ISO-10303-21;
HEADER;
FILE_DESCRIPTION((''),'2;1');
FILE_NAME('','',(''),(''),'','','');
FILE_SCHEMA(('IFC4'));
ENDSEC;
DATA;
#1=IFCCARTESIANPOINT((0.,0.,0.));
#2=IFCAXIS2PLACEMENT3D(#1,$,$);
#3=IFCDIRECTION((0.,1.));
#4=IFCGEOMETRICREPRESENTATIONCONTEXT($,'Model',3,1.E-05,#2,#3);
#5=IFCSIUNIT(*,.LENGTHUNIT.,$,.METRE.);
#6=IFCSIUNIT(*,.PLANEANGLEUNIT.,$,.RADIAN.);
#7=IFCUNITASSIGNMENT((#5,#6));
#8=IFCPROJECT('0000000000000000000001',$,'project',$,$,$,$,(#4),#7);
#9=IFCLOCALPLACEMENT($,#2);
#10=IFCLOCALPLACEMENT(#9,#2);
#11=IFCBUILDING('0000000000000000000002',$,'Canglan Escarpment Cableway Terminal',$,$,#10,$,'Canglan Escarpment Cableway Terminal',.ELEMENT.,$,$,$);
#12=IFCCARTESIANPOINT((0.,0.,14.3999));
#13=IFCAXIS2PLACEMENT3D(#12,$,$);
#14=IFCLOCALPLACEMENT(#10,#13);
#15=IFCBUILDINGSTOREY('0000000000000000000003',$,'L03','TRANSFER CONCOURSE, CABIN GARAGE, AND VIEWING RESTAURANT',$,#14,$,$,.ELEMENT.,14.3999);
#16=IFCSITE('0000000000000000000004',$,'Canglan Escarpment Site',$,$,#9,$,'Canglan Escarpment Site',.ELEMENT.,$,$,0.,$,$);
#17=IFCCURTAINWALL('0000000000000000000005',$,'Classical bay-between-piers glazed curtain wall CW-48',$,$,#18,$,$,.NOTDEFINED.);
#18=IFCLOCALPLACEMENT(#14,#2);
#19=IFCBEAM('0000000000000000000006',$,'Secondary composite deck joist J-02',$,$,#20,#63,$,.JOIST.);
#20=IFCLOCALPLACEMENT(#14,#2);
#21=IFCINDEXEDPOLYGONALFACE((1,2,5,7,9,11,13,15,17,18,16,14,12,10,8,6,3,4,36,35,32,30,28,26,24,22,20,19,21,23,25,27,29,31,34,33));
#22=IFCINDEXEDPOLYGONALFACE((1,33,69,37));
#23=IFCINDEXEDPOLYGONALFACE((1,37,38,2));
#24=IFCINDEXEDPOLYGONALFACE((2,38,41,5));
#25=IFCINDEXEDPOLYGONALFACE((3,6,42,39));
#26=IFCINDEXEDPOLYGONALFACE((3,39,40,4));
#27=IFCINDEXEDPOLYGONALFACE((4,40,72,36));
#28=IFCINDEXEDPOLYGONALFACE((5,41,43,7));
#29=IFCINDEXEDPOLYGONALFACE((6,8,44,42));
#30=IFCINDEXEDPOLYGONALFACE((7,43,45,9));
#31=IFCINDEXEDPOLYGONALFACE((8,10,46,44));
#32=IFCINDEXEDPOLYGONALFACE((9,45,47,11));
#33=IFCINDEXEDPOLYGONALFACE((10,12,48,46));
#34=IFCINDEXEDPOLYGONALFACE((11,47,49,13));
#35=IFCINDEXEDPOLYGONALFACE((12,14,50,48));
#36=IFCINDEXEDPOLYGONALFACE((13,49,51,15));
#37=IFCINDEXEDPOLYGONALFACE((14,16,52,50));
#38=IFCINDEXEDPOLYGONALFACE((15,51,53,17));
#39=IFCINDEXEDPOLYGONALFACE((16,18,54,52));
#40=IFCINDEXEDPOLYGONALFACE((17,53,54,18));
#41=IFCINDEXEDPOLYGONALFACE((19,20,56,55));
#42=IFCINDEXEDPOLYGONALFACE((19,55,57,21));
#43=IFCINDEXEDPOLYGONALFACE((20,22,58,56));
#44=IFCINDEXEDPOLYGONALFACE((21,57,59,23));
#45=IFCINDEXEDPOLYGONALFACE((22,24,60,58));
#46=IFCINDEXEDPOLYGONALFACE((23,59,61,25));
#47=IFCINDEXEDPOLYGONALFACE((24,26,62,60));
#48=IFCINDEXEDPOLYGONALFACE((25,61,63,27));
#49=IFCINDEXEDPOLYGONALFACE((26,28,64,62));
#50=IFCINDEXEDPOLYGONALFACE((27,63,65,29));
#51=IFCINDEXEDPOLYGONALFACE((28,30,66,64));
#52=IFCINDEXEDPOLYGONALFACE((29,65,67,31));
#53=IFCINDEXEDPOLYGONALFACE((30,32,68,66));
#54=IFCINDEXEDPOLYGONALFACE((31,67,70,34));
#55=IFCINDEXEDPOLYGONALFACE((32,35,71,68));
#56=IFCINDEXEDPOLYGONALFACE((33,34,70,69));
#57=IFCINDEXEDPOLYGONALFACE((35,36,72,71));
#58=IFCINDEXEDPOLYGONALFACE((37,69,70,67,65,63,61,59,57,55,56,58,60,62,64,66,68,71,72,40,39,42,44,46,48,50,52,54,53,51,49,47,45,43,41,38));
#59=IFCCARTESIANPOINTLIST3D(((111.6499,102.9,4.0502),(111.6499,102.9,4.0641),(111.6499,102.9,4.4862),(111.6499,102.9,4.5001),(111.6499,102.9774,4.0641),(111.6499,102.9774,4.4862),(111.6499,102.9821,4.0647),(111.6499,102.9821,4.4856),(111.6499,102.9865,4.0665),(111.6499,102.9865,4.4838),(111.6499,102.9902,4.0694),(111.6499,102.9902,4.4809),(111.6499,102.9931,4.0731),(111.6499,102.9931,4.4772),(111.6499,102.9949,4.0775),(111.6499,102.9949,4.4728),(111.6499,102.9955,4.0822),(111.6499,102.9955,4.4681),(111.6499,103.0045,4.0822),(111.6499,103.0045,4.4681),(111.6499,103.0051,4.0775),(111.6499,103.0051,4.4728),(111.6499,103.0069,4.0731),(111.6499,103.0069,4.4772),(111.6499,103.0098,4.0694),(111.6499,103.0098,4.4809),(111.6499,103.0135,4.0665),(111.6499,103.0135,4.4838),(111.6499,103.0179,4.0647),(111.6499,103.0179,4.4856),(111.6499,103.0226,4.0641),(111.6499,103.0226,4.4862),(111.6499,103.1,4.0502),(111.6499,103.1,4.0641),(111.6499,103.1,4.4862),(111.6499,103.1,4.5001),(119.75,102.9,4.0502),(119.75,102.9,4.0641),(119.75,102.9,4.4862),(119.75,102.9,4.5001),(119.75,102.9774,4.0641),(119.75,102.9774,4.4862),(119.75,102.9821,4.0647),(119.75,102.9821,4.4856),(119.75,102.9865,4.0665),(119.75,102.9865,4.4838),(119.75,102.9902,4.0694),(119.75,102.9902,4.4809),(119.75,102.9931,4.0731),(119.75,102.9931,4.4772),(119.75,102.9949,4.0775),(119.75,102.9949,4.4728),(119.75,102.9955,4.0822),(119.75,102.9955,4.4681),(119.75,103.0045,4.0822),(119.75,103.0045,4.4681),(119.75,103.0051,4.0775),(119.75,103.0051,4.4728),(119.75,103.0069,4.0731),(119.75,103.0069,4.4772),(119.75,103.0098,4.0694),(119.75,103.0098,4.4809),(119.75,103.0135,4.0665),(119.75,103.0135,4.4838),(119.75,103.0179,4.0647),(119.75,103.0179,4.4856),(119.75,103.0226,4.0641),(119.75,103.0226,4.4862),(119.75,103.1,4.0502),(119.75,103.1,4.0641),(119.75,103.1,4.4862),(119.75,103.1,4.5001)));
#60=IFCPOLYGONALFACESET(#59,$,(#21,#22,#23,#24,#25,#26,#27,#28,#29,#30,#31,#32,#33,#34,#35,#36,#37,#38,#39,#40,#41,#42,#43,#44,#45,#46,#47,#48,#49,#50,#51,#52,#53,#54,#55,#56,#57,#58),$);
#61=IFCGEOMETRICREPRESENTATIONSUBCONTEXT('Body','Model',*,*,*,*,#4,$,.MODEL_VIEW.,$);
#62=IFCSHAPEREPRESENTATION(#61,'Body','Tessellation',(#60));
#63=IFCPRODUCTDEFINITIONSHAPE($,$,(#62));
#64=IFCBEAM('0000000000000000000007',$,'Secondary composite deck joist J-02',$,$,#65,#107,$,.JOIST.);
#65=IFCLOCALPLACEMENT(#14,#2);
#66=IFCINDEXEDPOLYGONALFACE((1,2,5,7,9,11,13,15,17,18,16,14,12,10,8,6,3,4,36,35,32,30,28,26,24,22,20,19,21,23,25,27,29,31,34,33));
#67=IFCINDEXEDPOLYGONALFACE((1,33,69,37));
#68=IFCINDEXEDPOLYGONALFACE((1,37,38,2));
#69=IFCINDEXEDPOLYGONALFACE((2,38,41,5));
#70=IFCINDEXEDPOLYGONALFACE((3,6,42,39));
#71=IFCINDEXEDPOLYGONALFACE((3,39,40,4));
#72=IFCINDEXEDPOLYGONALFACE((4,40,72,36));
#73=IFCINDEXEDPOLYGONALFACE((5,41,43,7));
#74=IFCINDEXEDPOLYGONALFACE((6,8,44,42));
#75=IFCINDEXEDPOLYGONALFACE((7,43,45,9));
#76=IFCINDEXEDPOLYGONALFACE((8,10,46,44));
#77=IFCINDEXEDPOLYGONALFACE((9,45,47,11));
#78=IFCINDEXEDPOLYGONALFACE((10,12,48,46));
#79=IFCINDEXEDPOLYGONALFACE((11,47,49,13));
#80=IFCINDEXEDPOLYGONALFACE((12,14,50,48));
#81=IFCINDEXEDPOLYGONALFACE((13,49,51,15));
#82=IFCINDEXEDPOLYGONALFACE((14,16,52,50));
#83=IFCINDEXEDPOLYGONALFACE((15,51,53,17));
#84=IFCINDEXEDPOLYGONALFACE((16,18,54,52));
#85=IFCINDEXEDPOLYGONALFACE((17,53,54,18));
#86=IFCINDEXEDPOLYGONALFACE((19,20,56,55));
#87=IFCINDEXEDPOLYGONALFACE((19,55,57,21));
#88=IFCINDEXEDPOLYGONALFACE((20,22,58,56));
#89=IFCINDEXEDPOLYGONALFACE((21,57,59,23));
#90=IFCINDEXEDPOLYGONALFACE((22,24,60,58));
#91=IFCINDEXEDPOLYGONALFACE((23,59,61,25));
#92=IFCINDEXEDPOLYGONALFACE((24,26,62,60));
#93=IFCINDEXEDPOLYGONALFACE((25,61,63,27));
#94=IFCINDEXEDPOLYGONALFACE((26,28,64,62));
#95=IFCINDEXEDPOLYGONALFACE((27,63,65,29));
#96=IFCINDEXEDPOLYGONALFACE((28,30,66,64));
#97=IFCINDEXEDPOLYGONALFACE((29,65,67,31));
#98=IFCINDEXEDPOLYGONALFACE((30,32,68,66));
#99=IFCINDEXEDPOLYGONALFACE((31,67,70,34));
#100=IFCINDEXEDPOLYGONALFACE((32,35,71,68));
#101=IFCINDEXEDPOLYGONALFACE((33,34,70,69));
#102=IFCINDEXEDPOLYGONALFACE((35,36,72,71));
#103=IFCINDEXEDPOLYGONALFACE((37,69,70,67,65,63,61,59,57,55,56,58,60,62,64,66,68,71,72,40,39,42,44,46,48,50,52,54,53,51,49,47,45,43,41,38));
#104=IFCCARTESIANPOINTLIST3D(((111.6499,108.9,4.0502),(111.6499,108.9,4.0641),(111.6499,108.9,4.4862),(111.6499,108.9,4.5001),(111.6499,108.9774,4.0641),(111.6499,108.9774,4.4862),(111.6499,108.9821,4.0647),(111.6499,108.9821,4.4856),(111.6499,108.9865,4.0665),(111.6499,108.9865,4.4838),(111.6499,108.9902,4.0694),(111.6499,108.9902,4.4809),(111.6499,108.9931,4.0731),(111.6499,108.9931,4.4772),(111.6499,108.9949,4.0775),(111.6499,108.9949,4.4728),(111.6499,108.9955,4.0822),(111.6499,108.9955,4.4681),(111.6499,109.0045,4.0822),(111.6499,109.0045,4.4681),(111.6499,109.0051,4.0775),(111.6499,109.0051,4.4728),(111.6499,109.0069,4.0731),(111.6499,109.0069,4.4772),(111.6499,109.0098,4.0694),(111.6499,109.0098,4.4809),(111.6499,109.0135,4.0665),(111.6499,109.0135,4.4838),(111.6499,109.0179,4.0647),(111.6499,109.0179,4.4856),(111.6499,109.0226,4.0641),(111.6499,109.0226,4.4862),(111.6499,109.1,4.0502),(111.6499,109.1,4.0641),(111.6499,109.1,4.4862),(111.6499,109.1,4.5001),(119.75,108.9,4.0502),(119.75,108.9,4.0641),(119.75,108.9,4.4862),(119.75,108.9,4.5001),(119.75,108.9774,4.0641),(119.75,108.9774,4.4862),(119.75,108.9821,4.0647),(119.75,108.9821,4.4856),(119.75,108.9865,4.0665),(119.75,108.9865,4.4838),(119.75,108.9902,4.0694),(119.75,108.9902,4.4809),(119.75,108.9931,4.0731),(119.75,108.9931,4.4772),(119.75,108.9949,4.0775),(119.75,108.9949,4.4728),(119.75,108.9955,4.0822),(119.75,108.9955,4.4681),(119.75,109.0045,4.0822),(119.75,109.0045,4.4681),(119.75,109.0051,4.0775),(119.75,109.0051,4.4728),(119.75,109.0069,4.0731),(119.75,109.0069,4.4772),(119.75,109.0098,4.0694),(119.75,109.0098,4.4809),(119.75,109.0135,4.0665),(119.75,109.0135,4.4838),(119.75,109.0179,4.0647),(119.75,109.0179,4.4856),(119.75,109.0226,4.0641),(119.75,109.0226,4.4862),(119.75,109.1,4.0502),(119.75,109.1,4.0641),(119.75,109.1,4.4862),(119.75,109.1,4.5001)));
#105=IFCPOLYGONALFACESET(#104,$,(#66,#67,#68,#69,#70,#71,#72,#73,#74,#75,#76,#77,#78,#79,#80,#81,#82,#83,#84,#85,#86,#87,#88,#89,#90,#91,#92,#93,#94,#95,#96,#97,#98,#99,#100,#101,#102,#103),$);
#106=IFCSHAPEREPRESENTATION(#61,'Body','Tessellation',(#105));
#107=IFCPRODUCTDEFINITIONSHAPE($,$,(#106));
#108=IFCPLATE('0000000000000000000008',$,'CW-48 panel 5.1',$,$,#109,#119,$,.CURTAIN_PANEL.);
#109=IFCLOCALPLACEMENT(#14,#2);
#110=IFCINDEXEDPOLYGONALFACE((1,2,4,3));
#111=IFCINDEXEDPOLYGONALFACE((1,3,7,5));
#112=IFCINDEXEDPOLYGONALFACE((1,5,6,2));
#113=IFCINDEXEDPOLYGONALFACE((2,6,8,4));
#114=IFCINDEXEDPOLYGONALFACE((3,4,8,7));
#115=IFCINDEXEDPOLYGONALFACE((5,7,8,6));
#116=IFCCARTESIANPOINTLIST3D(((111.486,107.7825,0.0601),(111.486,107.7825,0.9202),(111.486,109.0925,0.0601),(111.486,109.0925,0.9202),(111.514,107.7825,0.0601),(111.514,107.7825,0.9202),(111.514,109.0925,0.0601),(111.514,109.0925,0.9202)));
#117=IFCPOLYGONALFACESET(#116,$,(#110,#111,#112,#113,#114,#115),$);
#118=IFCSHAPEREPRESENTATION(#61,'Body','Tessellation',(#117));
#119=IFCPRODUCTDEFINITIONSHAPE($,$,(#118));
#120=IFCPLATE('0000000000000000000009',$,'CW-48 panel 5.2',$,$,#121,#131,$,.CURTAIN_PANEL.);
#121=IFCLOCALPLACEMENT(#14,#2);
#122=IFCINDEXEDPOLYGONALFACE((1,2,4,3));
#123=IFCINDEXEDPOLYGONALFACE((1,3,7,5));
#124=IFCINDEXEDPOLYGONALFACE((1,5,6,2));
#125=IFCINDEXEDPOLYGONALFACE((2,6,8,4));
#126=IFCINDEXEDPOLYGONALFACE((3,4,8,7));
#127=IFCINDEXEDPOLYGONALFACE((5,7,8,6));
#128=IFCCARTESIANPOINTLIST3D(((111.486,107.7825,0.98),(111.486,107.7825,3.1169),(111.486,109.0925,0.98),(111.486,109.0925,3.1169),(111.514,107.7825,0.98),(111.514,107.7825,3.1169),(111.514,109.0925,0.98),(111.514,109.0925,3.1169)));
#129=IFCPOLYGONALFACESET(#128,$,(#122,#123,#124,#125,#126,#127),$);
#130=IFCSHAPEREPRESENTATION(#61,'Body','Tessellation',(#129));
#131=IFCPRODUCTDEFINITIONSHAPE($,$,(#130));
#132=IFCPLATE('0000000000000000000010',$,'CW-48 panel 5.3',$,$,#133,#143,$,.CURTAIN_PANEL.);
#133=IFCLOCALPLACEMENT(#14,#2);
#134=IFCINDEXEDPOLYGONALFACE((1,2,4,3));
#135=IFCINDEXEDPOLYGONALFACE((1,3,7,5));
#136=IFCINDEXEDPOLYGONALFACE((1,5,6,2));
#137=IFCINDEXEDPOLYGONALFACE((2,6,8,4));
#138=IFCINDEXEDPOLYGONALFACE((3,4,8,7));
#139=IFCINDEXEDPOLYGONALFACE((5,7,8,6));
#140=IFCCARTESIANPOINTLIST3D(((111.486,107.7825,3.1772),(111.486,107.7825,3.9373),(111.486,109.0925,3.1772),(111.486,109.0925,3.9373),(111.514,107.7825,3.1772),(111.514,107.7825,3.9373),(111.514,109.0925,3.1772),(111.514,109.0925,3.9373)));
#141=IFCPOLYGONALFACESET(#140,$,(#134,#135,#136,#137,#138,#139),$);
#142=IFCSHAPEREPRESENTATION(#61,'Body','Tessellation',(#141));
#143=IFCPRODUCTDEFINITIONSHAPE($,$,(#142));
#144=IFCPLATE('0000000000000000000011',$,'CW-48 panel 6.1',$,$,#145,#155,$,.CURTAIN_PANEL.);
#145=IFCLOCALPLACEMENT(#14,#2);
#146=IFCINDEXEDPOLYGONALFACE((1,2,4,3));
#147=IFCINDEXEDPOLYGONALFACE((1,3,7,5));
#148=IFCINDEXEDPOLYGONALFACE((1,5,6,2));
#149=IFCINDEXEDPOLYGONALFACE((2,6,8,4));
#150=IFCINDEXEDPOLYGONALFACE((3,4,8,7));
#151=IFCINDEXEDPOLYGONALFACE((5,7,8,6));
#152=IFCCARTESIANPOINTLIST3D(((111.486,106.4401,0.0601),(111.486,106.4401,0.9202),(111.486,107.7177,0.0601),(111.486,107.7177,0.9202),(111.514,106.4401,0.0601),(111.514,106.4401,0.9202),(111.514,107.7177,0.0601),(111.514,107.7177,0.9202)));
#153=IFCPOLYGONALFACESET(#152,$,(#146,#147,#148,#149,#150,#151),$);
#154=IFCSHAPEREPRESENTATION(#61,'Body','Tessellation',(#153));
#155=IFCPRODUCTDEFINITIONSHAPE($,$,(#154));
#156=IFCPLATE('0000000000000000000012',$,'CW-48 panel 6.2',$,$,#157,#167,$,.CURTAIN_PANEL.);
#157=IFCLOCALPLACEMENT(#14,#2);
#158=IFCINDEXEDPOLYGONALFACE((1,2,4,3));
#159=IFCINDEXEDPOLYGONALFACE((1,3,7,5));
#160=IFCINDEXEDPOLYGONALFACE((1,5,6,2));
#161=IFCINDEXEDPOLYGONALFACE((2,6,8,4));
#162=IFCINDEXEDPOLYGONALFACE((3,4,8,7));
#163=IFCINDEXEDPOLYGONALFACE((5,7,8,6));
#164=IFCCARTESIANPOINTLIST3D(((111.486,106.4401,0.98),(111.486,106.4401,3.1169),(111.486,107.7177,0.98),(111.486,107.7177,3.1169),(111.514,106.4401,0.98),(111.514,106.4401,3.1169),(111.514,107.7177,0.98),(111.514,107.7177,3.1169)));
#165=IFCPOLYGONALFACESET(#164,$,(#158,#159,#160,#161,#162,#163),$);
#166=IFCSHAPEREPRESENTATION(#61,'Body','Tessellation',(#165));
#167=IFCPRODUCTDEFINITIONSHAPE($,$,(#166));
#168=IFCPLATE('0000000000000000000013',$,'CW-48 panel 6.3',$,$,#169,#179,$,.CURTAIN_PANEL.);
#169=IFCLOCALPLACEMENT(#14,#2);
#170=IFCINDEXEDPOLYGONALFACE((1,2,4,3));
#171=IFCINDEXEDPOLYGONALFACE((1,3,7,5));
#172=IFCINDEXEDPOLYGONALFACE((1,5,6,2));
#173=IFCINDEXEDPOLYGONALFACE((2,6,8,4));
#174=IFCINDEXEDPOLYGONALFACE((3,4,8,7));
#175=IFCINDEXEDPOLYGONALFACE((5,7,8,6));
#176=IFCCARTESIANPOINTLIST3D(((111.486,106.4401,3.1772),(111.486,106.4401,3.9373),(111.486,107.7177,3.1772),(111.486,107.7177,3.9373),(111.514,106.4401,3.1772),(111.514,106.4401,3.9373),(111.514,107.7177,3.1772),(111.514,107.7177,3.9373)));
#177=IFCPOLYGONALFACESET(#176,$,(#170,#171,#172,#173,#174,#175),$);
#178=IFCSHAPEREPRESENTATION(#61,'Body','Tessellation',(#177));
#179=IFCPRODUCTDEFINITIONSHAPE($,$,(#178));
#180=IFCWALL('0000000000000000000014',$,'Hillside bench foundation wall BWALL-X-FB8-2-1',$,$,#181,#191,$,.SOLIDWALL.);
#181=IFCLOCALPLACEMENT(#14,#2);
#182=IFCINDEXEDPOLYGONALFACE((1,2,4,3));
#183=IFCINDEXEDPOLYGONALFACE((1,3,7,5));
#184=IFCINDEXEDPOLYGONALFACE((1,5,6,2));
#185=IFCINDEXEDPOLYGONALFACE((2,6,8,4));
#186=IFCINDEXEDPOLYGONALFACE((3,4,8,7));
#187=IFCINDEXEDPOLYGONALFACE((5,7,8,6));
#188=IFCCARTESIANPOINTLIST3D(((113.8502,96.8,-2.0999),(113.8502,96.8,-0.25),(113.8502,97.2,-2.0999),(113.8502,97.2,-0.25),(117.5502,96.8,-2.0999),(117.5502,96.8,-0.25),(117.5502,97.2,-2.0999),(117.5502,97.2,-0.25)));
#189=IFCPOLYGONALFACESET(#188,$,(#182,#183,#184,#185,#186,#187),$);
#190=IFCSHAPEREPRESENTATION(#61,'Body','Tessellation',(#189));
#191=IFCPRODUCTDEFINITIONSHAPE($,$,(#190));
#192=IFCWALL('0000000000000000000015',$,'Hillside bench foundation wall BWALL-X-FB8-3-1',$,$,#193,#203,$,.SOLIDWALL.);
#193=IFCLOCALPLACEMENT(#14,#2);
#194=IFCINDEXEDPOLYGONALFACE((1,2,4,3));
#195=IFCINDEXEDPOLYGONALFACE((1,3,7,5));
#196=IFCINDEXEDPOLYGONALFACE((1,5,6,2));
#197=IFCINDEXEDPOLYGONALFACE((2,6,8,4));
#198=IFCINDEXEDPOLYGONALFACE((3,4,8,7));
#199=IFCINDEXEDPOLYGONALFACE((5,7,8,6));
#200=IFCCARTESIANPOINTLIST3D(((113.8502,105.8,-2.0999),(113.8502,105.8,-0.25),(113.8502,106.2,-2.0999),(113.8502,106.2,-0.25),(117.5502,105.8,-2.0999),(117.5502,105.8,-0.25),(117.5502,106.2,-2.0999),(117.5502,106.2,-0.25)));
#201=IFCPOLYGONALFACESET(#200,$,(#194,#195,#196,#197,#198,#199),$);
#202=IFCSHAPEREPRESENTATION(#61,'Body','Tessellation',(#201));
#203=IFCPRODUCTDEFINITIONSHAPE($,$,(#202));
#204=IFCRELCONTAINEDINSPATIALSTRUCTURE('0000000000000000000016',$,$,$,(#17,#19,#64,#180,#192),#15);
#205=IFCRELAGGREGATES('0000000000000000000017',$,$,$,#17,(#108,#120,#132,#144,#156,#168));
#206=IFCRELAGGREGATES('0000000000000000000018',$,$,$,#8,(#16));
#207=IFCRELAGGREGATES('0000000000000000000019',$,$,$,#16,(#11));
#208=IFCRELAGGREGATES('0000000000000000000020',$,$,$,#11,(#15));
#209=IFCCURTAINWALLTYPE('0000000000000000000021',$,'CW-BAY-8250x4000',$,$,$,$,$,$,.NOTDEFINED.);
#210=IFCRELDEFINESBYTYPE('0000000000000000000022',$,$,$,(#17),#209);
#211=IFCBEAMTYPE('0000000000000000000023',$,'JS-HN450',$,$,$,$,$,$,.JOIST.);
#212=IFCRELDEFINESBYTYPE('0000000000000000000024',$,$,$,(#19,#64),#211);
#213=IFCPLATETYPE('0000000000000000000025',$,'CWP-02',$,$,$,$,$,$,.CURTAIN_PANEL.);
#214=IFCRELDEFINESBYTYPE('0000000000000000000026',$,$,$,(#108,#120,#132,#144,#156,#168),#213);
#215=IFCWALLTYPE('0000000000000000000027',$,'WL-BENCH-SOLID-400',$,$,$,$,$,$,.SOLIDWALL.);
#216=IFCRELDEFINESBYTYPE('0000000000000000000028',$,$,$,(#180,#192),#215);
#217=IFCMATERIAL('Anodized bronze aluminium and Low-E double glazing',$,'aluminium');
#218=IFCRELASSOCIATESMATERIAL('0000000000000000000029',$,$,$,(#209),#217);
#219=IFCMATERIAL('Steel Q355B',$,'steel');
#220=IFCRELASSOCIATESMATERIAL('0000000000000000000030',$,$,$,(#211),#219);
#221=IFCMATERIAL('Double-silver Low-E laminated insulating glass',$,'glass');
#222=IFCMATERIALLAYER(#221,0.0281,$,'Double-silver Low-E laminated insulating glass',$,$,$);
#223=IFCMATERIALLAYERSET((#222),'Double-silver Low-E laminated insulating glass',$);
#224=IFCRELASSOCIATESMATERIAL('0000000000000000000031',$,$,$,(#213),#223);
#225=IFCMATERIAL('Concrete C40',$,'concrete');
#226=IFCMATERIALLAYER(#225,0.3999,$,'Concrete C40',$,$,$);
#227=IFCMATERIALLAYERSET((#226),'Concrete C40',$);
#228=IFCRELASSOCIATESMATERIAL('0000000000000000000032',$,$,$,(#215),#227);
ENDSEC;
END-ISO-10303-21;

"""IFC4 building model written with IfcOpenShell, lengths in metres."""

from ifc_helpers import new_model, si_unit, direction, frame, frame_2d, origin, origin_2d, place, context, subcontext, project, spatial, rectangle, i_section, extrude, material, layer, layer_set, material_profile, profile_set, type_object, element, aggregate, save


model = new_model("IFC4")

# Units and contexts
model_context = context("Model", 3, precision=1e-05, world=origin(), true_north=direction((0.0, 1.0)))
body_context = subcontext(model_context, "Body", "Model", "MODEL_VIEW")
ifc_project = project(units=[si_unit("LENGTHUNIT", "METRE"), si_unit("PLANEANGLEUNIT", "RADIAN")], contexts=[model_context])

# Site, building, storey
site_placement = place(None, origin())
site = spatial("IfcSite", under=ifc_project, at=site_placement, Name="Canglan Escarpment Site", LongName="Canglan Escarpment Site", CompositionType="ELEMENT", RefElevation=0.0)
building_placement = place(site_placement, origin())
building = spatial("IfcBuilding", under=site, at=building_placement, Name="Canglan Escarpment Cableway Terminal", LongName="Canglan Escarpment Cableway Terminal", CompositionType="ELEMENT")
storey_placement = place(building_placement, frame((0.0, 0.0, 14.3999)))
storey = spatial("IfcBuildingStorey", under=building, at=storey_placement, Name="L03", Description="TRANSFER CONCOURSE, CABIN GARAGE, AND VIEWING RESTAURANT", CompositionType="ELEMENT", Elevation=14.3999)

# Shared definitions
ifc_material_1 = material(Name="Concrete C40", Category="concrete")

# Curtain wall
ifc_material_2 = material(Name="Anodized bronze aluminium and Low-E double glazing", Category="aluminium")
curtain_wall_type = type_object("IfcCurtainWallType", Name="CW-BAY-8250x4000", PredefinedType="NOTDEFINED", material=ifc_material_2)
curtain_wall_placement = place(storey_placement, origin())
curtain_wall = element("IfcCurtainWall", 1, at=curtain_wall_placement, inside=storey, type_object=curtain_wall_type, Name="Classical bay-between-piers glazed curtain wall CW-48", PredefinedType="NOTDEFINED")

# Beams
ifc_material_3 = material(Name="Steel Q355B", Category="steel")
ifc_material_profile_1 = material_profile(ifc_material_3, i_section(OverallWidth=0.2, OverallDepth=0.45, WebThickness=0.009, FlangeThickness=0.0139, FilletRadius=0.0181, at=origin_2d()), Name="HN 450x200x9x14")
ifc_profile_set_1 = profile_set([ifc_material_profile_1], Name="Steel Q355B")
beam_type_1 = type_object("IfcBeamType", Name="JS-HN450", PredefinedType="JOIST", material=ifc_profile_set_1)
for number, where, z_axis, x_axis, name in (
    (2, (111.6499, 103.0, 4.2751), (1.0, 0.0, 0.0), (0.0, 1.0, 0.0), "Secondary composite deck joist J-02"),
    (3, (111.6499, 109.0, 4.2751), (1.0, 0.0, 0.0), (0.0, 1.0, 0.0), "Secondary composite deck joist J-02"),
):
    element("IfcBeam", number, at=place(storey_placement, frame(where, z_axis=z_axis, x_axis=x_axis)), inside=storey, type_object=beam_type_1, Name=name, PredefinedType="JOIST", context=body_context, shape_type="SweptSolid", body=[
        extrude(i_section(OverallWidth=0.2, OverallDepth=0.45, WebThickness=0.009, FlangeThickness=0.0139, FilletRadius=0.0181, at=origin_2d()), origin(), (0.0, 0.0, 1.0), 8.1001),
    ])

# Plates
ifc_material_4 = material(Name="Double-silver Low-E laminated insulating glass", Category="glass")
ifc_layer_1 = layer(ifc_material_4, 0.0281, Name="Double-silver Low-E laminated insulating glass")
ifc_layer_set_1 = layer_set([ifc_layer_1], Name="Double-silver Low-E laminated insulating glass")
plate_type = type_object("IfcPlateType", Name="CWP-02", PredefinedType="CURTAIN_PANEL", material=ifc_layer_set_1)
plate_1_placement = place(storey_placement, frame((111.5, 108.4375, 0.0601), z_axis=(0.0, 0.0, 1.0), x_axis=(0.0, -1.0, 0.0)))
plate_1 = element("IfcPlate", 4, at=plate_1_placement, type_object=plate_type, Name="CW-48 panel 5.1", PredefinedType="CURTAIN_PANEL", context=body_context, shape_type="SweptSolid", body=[
    extrude(rectangle(XDim=1.3101, YDim=0.0281, at=origin_2d()), origin(), (0.0, 0.0, 1.0), 0.8601),
])
plate_2_placement = place(storey_placement, frame((111.5, 108.4375, 0.98), z_axis=(0.0, 0.0, 1.0), x_axis=(0.0, -1.0, 0.0)))
plate_2 = element("IfcPlate", 5, at=plate_2_placement, type_object=plate_type, Name="CW-48 panel 5.2", PredefinedType="CURTAIN_PANEL", context=body_context, shape_type="SweptSolid", body=[
    extrude(rectangle(XDim=1.3101, YDim=0.0281, at=origin_2d()), origin(), (0.0, 0.0, 1.0), 2.137),
])
plate_3_placement = place(storey_placement, frame((111.5, 108.4375, 3.1772), z_axis=(0.0, 0.0, 1.0), x_axis=(0.0, -1.0, 0.0)))
plate_3 = element("IfcPlate", 6, at=plate_3_placement, type_object=plate_type, Name="CW-48 panel 5.3", PredefinedType="CURTAIN_PANEL", context=body_context, shape_type="SweptSolid", body=[
    extrude(rectangle(XDim=1.3101, YDim=0.0281, at=origin_2d()), origin(), (0.0, 0.0, 1.0), 0.76),
])
plate_4_placement = place(storey_placement, frame((111.5, 107.0789, 0.0601), z_axis=(0.0, 0.0, 1.0), x_axis=(0.0, -1.0, 0.0)))
plate_4 = element("IfcPlate", 7, at=plate_4_placement, type_object=plate_type, Name="CW-48 panel 6.1", PredefinedType="CURTAIN_PANEL", context=body_context, shape_type="SweptSolid", body=[
    extrude(rectangle(XDim=1.2776, YDim=0.0281, at=origin_2d()), origin(), (0.0, 0.0, 1.0), 0.8601),
])
plate_5_placement = place(storey_placement, frame((111.5, 107.0789, 0.98), z_axis=(0.0, 0.0, 1.0), x_axis=(0.0, -1.0, 0.0)))
plate_5 = element("IfcPlate", 8, at=plate_5_placement, type_object=plate_type, Name="CW-48 panel 6.2", PredefinedType="CURTAIN_PANEL", context=body_context, shape_type="SweptSolid", body=[
    extrude(rectangle(XDim=1.2776, YDim=0.0281, at=origin_2d()), origin(), (0.0, 0.0, 1.0), 2.137),
])
plate_6_placement = place(storey_placement, frame((111.5, 107.0789, 3.1772), z_axis=(0.0, 0.0, 1.0), x_axis=(0.0, -1.0, 0.0)))
plate_6 = element("IfcPlate", 9, at=plate_6_placement, type_object=plate_type, Name="CW-48 panel 6.3", PredefinedType="CURTAIN_PANEL", context=body_context, shape_type="SweptSolid", body=[
    extrude(rectangle(XDim=1.2776, YDim=0.0281, at=origin_2d()), origin(), (0.0, 0.0, 1.0), 0.76),
])
aggregate(curtain_wall, [plate_1, plate_2, plate_3, plate_4, plate_5, plate_6])

# Walls
ifc_layer_2 = layer(ifc_material_1, 0.3999, Name="Concrete C40")
ifc_layer_set_2 = layer_set([ifc_layer_2], Name="Concrete C40")
wall_type_1 = type_object("IfcWallType", Name="WL-BENCH-SOLID-400", PredefinedType="SOLIDWALL", material=ifc_layer_set_2)
for number, where, z_axis, x_axis, name in (
    (10, (113.8501, 97.0, -2.0999), (0.0, 0.0, 1.0), (1.0, 0.0, 0.0), "Hillside bench foundation wall BWALL-X-FB8-2-1"),
    (11, (113.8501, 106.0, -2.0999), (0.0, 0.0, 1.0), (1.0, 0.0, 0.0), "Hillside bench foundation wall BWALL-X-FB8-3-1"),
):
    element("IfcWall", number, at=place(storey_placement, frame(where, z_axis=z_axis, x_axis=x_axis)), inside=storey, type_object=wall_type_1, Name=name, PredefinedType="SOLIDWALL", context=body_context, shape_type="SweptSolid", body=[
        extrude(rectangle(XDim=3.7, YDim=0.3999, at=frame_2d((1.8501, 0.0))), origin(), (0.0, 0.0, 1.0), 1.8499),
    ])

save(model, "model.ifc")
